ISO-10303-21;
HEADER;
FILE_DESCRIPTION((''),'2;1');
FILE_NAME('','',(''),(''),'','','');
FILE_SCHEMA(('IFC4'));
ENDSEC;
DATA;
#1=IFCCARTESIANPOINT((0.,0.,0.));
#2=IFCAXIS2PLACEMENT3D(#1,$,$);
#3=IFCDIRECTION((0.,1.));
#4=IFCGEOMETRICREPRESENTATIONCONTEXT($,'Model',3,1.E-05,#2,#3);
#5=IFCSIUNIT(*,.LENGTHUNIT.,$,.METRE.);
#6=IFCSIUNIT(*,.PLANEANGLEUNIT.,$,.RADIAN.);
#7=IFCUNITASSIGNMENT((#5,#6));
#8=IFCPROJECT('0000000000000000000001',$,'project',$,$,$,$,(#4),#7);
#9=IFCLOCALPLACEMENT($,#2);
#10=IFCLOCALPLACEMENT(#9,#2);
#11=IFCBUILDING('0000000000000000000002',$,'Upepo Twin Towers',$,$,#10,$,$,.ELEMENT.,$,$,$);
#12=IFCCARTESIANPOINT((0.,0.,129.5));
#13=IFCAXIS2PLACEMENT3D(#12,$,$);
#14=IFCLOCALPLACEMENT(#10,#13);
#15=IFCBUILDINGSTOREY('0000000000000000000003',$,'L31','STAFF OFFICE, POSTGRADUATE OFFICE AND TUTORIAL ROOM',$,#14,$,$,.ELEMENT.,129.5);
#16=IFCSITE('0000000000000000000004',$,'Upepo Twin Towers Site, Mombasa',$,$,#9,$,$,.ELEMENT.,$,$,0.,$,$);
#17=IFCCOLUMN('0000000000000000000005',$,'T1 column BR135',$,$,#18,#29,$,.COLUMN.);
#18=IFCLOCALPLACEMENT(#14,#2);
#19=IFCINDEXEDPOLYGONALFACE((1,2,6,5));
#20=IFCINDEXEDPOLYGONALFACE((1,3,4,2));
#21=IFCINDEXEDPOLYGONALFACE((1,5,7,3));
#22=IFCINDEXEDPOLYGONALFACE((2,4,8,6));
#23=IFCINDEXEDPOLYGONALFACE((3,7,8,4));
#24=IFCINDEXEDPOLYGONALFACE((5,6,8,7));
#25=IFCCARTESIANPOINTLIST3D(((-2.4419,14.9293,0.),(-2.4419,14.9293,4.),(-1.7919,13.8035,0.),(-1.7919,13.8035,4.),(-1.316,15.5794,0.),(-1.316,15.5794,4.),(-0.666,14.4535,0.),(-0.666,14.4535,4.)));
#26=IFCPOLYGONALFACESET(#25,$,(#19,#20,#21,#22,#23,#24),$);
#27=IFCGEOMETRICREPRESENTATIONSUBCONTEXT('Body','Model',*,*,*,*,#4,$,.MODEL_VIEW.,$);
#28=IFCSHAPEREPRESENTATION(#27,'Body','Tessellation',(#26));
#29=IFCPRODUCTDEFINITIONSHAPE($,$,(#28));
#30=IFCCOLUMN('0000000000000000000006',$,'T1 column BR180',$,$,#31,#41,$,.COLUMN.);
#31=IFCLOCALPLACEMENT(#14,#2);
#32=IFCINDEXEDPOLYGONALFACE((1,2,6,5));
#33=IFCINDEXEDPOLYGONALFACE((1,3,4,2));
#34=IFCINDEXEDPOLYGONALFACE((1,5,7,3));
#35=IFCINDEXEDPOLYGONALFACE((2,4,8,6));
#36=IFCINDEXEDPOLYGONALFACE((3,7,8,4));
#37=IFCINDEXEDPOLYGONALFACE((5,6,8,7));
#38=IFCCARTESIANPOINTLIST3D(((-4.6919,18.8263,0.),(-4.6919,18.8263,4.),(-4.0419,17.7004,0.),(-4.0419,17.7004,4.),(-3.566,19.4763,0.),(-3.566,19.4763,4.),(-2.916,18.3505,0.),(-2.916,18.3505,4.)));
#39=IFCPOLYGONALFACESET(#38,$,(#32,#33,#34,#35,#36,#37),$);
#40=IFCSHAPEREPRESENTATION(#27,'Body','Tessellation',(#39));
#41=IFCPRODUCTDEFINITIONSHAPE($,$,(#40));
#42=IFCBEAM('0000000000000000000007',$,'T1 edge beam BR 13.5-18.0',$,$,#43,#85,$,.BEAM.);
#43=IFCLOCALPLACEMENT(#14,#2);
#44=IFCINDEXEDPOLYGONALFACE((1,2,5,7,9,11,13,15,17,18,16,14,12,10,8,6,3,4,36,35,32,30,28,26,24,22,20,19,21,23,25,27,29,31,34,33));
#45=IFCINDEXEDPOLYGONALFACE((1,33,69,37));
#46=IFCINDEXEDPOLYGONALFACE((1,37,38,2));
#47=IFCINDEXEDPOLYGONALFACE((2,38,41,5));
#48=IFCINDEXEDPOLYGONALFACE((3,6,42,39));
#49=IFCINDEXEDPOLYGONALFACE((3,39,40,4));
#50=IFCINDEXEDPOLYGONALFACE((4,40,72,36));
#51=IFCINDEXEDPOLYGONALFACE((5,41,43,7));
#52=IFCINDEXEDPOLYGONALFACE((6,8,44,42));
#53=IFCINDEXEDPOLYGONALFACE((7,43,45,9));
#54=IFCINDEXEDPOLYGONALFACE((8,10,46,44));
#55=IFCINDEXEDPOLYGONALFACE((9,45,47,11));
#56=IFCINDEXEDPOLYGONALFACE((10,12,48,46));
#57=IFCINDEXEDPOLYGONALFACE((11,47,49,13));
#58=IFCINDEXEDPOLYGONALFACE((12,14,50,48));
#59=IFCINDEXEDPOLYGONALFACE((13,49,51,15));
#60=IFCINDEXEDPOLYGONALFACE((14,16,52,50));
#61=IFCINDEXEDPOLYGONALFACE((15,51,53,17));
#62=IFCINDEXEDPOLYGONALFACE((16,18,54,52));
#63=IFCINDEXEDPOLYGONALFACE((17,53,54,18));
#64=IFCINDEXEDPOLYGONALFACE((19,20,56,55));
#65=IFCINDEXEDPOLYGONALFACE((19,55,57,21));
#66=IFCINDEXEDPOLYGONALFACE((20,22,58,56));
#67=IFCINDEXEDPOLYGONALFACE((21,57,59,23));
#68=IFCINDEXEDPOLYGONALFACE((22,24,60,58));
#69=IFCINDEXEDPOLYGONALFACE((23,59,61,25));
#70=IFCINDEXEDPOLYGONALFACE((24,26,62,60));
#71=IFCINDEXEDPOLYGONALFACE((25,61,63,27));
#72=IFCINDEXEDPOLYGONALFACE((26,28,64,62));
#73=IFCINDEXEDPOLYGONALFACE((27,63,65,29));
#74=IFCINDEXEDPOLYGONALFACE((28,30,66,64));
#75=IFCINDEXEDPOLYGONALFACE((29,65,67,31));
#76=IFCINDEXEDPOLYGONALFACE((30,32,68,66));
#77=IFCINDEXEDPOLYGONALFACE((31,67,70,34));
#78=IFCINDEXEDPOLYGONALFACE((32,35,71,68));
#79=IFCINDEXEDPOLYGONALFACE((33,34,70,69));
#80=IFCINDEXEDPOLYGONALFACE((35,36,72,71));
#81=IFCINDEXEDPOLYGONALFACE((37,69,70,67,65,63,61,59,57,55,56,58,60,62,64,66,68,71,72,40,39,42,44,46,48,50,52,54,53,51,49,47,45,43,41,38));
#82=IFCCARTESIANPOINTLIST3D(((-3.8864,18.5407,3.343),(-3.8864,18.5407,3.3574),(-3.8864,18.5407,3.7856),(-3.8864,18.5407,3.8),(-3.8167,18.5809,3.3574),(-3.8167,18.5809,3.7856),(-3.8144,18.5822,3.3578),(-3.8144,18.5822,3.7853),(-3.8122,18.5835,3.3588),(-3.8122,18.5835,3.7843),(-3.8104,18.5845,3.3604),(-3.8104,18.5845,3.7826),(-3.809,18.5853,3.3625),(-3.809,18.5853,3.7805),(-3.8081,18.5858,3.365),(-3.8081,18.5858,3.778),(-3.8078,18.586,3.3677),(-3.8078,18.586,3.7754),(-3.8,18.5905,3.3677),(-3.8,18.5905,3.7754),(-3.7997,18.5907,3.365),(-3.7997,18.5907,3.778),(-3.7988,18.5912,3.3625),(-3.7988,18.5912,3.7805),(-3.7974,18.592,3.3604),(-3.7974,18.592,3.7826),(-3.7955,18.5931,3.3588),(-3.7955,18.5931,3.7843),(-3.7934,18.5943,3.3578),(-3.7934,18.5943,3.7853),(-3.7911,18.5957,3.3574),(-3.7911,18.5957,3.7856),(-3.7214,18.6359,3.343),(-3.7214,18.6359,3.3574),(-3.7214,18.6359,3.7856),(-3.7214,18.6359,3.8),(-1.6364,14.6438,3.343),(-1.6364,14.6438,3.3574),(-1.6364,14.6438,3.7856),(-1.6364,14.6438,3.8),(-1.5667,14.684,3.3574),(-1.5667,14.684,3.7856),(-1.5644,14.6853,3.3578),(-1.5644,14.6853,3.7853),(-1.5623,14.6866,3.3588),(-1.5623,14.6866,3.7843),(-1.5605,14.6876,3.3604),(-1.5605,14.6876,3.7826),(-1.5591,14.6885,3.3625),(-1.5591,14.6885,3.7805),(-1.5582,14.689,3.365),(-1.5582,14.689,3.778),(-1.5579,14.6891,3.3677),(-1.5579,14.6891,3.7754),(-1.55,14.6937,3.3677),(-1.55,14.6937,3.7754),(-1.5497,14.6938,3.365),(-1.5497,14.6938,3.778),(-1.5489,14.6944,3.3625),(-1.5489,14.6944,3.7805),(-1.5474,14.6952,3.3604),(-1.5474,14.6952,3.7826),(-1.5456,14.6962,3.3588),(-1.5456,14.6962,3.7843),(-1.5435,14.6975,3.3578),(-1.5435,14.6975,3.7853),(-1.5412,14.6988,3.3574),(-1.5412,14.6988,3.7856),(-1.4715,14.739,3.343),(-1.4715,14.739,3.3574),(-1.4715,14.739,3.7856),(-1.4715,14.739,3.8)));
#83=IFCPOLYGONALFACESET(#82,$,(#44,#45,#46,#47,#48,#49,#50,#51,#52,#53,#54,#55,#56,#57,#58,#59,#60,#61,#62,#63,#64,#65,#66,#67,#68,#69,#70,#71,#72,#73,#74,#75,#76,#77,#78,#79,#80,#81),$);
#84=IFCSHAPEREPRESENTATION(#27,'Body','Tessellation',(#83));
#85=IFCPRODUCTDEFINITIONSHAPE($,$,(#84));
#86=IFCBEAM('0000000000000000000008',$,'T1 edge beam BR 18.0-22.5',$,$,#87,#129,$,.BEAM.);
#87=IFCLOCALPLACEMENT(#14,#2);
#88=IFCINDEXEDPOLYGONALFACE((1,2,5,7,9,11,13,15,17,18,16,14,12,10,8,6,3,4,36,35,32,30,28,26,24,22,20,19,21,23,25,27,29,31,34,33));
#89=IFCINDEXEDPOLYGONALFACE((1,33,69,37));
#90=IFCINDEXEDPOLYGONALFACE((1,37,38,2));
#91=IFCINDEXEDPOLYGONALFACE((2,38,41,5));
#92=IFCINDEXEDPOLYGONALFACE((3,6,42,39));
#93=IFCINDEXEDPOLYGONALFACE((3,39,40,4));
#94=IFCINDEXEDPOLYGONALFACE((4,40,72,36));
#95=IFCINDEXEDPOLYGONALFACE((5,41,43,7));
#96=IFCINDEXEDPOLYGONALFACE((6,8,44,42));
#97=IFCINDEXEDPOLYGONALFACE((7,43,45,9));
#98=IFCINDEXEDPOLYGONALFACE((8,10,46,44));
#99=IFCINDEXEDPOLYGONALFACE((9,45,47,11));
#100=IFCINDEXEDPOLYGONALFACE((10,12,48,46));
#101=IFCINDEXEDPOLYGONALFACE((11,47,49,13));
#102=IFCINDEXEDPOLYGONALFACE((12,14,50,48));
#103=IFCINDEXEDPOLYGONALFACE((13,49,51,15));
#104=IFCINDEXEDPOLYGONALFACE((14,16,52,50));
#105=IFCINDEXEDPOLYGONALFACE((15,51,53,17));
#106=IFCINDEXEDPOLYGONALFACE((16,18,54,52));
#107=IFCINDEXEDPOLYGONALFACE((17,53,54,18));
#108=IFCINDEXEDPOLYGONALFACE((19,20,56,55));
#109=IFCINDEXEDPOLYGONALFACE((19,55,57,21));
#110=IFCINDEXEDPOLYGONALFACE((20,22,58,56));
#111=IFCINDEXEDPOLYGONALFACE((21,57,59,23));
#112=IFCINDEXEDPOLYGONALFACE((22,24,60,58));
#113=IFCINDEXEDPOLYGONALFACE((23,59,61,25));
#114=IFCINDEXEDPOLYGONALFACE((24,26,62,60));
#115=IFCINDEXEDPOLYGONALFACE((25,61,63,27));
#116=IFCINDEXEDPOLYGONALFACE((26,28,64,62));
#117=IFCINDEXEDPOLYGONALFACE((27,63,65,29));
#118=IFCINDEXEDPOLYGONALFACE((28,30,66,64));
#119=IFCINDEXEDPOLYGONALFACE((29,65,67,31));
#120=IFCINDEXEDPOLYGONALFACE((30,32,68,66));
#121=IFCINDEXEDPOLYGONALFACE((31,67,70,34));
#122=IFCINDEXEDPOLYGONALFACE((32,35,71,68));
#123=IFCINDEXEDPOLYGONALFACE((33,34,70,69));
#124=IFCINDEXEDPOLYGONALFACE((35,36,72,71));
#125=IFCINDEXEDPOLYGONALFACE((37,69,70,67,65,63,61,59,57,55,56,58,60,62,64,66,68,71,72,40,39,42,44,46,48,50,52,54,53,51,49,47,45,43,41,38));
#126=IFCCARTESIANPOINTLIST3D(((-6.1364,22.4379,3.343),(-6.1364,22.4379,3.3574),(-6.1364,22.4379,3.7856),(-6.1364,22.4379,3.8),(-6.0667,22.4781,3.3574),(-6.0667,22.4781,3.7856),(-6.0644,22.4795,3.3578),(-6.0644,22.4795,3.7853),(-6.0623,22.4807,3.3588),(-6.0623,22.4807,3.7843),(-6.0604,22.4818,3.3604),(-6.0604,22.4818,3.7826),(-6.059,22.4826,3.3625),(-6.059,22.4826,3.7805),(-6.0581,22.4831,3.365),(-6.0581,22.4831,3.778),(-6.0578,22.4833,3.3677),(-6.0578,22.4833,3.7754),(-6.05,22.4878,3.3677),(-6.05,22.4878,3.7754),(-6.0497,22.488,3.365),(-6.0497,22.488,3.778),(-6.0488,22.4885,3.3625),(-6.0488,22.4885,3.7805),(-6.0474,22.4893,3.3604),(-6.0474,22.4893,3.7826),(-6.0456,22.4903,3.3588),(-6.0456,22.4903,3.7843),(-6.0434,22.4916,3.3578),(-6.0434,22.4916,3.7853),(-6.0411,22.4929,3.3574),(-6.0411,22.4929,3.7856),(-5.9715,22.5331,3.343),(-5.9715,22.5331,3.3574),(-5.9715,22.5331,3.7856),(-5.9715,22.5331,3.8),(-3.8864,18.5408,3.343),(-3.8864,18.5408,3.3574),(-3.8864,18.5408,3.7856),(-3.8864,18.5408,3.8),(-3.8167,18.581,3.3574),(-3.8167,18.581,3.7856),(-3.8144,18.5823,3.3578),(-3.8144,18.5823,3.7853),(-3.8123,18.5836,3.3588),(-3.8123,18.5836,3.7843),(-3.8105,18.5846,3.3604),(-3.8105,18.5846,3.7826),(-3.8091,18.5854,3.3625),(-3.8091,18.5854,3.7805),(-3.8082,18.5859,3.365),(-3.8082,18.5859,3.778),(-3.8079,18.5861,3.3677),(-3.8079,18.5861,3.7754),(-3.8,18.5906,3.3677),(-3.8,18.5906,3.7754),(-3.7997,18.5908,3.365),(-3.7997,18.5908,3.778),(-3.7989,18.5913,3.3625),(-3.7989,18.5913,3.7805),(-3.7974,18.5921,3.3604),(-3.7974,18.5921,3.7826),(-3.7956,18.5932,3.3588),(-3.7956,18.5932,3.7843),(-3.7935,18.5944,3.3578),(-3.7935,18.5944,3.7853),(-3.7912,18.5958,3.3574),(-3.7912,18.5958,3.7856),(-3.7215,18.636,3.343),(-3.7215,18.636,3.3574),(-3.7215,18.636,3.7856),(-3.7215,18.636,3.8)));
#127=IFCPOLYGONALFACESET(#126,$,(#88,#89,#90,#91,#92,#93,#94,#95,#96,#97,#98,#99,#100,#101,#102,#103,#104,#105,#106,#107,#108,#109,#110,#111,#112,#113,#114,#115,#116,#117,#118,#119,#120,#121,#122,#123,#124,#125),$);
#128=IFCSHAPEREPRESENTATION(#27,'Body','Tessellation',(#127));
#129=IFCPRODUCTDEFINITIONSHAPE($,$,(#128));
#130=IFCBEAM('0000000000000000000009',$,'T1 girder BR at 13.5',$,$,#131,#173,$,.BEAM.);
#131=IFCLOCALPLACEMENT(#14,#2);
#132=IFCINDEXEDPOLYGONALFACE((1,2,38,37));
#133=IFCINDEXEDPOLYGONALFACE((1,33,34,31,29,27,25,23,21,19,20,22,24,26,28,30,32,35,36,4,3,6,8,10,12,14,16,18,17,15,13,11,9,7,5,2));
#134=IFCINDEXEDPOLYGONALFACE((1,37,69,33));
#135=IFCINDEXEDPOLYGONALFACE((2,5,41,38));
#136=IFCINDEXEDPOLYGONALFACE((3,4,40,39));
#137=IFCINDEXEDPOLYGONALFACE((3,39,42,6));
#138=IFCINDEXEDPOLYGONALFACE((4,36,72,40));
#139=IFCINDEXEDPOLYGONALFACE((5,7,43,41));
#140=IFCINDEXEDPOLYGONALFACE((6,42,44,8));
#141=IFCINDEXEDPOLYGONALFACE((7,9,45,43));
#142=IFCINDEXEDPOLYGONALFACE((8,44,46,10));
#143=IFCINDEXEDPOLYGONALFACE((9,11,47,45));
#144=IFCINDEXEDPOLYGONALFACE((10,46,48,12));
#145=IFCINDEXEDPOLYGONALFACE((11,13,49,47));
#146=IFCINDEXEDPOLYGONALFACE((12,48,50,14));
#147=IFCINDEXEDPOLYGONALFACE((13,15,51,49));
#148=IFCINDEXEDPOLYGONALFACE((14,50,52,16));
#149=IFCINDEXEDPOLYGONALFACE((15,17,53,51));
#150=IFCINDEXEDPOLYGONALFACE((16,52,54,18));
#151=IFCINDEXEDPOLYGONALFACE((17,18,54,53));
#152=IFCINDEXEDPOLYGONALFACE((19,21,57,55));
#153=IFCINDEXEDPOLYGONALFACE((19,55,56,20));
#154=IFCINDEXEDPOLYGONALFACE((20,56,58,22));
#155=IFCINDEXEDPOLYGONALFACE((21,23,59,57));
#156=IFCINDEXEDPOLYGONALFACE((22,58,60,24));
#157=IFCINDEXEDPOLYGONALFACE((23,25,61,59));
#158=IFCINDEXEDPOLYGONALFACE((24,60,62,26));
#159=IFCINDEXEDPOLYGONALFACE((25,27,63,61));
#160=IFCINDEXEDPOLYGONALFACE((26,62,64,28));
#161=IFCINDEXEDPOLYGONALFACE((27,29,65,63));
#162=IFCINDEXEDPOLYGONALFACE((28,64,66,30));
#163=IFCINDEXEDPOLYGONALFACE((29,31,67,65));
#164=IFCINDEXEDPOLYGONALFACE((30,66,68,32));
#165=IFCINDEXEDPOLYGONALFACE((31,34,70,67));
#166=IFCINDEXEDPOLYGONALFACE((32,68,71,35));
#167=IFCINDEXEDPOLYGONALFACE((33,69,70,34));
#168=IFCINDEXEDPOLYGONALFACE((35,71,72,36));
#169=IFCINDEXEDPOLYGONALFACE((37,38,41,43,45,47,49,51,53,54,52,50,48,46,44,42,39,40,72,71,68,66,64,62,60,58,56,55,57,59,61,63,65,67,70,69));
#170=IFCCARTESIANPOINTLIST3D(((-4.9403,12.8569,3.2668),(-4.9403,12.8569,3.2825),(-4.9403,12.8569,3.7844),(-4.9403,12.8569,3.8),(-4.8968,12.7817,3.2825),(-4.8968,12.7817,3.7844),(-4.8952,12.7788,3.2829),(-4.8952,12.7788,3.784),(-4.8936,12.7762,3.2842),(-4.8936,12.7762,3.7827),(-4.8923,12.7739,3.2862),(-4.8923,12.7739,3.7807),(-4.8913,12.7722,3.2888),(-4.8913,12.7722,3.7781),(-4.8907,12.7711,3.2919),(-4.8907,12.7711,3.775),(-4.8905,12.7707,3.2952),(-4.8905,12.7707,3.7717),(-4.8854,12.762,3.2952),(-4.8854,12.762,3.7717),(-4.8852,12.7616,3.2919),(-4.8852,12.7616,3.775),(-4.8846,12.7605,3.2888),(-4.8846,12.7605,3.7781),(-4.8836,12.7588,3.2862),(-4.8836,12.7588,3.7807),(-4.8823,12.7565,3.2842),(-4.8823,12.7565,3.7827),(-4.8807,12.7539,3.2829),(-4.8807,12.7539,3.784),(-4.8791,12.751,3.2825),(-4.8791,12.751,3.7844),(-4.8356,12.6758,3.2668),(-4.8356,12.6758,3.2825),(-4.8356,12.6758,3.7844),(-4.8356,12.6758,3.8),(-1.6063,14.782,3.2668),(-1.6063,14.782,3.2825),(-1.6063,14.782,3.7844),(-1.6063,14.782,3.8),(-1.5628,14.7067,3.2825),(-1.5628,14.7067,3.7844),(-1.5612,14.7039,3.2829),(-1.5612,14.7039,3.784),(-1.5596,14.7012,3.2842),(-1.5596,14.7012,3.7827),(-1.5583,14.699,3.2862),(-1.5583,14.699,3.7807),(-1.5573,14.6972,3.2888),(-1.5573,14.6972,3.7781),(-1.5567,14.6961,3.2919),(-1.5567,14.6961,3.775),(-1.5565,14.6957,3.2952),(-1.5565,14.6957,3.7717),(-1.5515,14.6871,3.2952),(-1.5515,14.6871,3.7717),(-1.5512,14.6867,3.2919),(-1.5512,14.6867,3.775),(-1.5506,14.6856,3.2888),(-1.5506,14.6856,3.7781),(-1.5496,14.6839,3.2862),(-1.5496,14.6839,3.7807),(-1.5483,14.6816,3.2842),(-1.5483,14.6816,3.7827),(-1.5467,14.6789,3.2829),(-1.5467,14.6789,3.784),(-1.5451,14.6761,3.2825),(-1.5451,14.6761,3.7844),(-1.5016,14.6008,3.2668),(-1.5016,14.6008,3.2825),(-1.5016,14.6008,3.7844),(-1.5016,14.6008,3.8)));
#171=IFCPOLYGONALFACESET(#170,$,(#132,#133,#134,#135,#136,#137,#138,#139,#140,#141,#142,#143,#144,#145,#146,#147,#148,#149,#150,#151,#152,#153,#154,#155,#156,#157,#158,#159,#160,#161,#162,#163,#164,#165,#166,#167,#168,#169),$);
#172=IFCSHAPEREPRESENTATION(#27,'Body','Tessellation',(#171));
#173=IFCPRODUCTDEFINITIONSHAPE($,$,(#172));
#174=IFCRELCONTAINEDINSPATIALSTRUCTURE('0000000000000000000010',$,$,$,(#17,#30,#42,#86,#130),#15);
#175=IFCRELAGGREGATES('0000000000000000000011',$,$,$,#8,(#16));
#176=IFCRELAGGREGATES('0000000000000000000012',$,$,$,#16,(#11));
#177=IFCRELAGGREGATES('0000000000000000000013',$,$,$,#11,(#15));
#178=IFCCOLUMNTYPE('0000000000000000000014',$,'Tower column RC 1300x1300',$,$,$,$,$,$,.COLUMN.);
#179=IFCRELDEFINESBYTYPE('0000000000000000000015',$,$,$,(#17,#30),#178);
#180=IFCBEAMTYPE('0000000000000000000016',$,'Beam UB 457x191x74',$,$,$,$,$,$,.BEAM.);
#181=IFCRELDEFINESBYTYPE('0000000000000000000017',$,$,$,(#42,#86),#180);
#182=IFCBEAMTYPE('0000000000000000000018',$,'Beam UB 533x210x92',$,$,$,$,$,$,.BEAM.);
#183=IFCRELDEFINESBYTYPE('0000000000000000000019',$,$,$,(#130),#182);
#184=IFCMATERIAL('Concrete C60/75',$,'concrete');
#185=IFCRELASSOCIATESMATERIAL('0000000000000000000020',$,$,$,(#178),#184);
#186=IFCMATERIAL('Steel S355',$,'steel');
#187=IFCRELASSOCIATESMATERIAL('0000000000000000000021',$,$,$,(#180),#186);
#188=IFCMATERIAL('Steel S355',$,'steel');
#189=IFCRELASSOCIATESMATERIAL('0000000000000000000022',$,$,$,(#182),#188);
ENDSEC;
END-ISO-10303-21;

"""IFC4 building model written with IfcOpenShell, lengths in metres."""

from ifc_helpers import new_model, si_unit, direction, frame, origin, origin_2d, place, context, subcontext, project, spatial, rectangle, i_section, extrude, material, material_profile, profile_set, type_object, element, save


model = new_model("IFC4")

# Units and contexts
model_context = context("Model", 3, precision=1e-05, world=origin(), true_north=direction((0.0, 1.0)))
body_context = subcontext(model_context, "Body", "Model", "MODEL_VIEW")
ifc_project = project(units=[si_unit("LENGTHUNIT", "METRE"), si_unit("PLANEANGLEUNIT", "RADIAN")], contexts=[model_context])

# Site, building, storey
site_placement = place(None, origin())
site = spatial("IfcSite", under=ifc_project, at=site_placement, Name="Upepo Twin Towers Site, Mombasa", CompositionType="ELEMENT", RefElevation=0.0)
building_placement = place(site_placement, origin())
building = spatial("IfcBuilding", under=site, at=building_placement, Name="Upepo Twin Towers", CompositionType="ELEMENT")
storey_placement = place(building_placement, frame((0.0, 0.0, 129.5)))
storey = spatial("IfcBuildingStorey", under=building, at=storey_placement, Name="L31", Description="STAFF OFFICE, POSTGRADUATE OFFICE AND TUTORIAL ROOM", CompositionType="ELEMENT", Elevation=129.5)

# Columns
ifc_material_1 = material(Name="Concrete C60/75", Category="concrete")
ifc_material_profile_1 = material_profile(ifc_material_1, rectangle(XDim=1.3, YDim=1.3, at=origin_2d()), Name="RC 1300x1300")
ifc_profile_set_1 = profile_set([ifc_material_profile_1], Name="Concrete C60/75")
column_type = type_object("IfcColumnType", Name="Tower column RC 1300x1300", PredefinedType="COLUMN", material=ifc_profile_set_1)
for number, where, z_axis, x_axis, name in (
    (1, (-1.554, 14.6914, 0.0), (0.0, 0.0, 1.0), (0.866025, 0.5, 0.0), "T1 column BR135"),
    (2, (-3.804, 18.5884, 0.0), (0.0, 0.0, 1.0), (0.866025, 0.5, 0.0), "T1 column BR180"),
):
    element("IfcColumn", number, at=place(storey_placement, frame(where, z_axis=z_axis, x_axis=x_axis)), inside=storey, type_object=column_type, Name=name, PredefinedType="COLUMN", context=body_context, shape_type="SweptSolid", body=[
        extrude(rectangle(XDim=1.3, YDim=1.3, at=origin_2d()), origin(), (0.0, 0.0, 1.0), 4.0),
    ])

# Beams
ifc_material_2 = material(Name="Steel S355", Category="steel")
ifc_material_profile_2 = material_profile(ifc_material_2, i_section(OverallWidth=0.1904, OverallDepth=0.457, WebThickness=0.009, FlangeThickness=0.0144, FilletRadius=0.0103, at=origin_2d()), Name="UB 457x191x74")
ifc_profile_set_2 = profile_set([ifc_material_profile_2], Name="Steel S355")
beam_type_1 = type_object("IfcBeamType", Name="Beam UB 457x191x74", PredefinedType="BEAM", material=ifc_profile_set_2)
beam_1_placement = place(storey_placement, frame((-1.554, 14.6914, 3.5715), z_axis=(-0.500014, 0.866018, 0.0), x_axis=(-0.866018, -0.500014, 0.0)))
element("IfcBeam", 3, at=beam_1_placement, inside=storey, type_object=beam_type_1, Name="T1 edge beam BR 13.5-18.0", PredefinedType="BEAM", context=body_context, shape_type="SweptSolid", body=[
    extrude(i_section(OverallWidth=0.1904, OverallDepth=0.457, WebThickness=0.009, FlangeThickness=0.0144, FilletRadius=0.0103, at=origin_2d()), origin(), (0.0, 0.0, 1.0), 4.4998),
])
beam_2_placement = place(storey_placement, frame((-3.804, 18.5884, 3.5715), z_axis=(-0.49999, 0.866031, 0.0), x_axis=(-0.866031, -0.49999, 0.0)))
element("IfcBeam", 4, at=beam_2_placement, inside=storey, type_object=beam_type_1, Name="T1 edge beam BR 18.0-22.5", PredefinedType="BEAM", context=body_context, shape_type="SweptSolid", body=[
    extrude(i_section(OverallWidth=0.1904, OverallDepth=0.457, WebThickness=0.009, FlangeThickness=0.0144, FilletRadius=0.0103, at=origin_2d()), origin(), (0.0, 0.0, 1.0), 4.5),
])
ifc_material_3 = material(Name="Steel S355", Category="steel")
ifc_material_profile_3 = material_profile(ifc_material_3, i_section(OverallWidth=0.2092, OverallDepth=0.5332, WebThickness=0.01, FlangeThickness=0.0156, FilletRadius=0.0127, at=origin_2d()), Name="UB 533x210x92")
ifc_profile_set_3 = profile_set([ifc_material_profile_3], Name="Steel S355")
beam_type_2 = type_object("IfcBeamType", Name="Beam UB 533x210x92", PredefinedType="BEAM", material=ifc_profile_set_3)
beam_3_placement = place(storey_placement, frame((-1.554, 14.6914, 3.5334), z_axis=(-0.866006, -0.500034, 0.0), x_axis=(0.500034, -0.866006, 0.0)))
element("IfcBeam", 5, at=beam_3_placement, inside=storey, type_object=beam_type_2, Name="T1 girder BR at 13.5", PredefinedType="BEAM", context=body_context, shape_type="SweptSolid", body=[
    extrude(i_section(OverallWidth=0.2092, OverallDepth=0.5332, WebThickness=0.01, FlangeThickness=0.0156, FilletRadius=0.0127, at=origin_2d()), origin(), (0.0, 0.0, 1.0), 3.8499),
])

save(model, "model.ifc")
